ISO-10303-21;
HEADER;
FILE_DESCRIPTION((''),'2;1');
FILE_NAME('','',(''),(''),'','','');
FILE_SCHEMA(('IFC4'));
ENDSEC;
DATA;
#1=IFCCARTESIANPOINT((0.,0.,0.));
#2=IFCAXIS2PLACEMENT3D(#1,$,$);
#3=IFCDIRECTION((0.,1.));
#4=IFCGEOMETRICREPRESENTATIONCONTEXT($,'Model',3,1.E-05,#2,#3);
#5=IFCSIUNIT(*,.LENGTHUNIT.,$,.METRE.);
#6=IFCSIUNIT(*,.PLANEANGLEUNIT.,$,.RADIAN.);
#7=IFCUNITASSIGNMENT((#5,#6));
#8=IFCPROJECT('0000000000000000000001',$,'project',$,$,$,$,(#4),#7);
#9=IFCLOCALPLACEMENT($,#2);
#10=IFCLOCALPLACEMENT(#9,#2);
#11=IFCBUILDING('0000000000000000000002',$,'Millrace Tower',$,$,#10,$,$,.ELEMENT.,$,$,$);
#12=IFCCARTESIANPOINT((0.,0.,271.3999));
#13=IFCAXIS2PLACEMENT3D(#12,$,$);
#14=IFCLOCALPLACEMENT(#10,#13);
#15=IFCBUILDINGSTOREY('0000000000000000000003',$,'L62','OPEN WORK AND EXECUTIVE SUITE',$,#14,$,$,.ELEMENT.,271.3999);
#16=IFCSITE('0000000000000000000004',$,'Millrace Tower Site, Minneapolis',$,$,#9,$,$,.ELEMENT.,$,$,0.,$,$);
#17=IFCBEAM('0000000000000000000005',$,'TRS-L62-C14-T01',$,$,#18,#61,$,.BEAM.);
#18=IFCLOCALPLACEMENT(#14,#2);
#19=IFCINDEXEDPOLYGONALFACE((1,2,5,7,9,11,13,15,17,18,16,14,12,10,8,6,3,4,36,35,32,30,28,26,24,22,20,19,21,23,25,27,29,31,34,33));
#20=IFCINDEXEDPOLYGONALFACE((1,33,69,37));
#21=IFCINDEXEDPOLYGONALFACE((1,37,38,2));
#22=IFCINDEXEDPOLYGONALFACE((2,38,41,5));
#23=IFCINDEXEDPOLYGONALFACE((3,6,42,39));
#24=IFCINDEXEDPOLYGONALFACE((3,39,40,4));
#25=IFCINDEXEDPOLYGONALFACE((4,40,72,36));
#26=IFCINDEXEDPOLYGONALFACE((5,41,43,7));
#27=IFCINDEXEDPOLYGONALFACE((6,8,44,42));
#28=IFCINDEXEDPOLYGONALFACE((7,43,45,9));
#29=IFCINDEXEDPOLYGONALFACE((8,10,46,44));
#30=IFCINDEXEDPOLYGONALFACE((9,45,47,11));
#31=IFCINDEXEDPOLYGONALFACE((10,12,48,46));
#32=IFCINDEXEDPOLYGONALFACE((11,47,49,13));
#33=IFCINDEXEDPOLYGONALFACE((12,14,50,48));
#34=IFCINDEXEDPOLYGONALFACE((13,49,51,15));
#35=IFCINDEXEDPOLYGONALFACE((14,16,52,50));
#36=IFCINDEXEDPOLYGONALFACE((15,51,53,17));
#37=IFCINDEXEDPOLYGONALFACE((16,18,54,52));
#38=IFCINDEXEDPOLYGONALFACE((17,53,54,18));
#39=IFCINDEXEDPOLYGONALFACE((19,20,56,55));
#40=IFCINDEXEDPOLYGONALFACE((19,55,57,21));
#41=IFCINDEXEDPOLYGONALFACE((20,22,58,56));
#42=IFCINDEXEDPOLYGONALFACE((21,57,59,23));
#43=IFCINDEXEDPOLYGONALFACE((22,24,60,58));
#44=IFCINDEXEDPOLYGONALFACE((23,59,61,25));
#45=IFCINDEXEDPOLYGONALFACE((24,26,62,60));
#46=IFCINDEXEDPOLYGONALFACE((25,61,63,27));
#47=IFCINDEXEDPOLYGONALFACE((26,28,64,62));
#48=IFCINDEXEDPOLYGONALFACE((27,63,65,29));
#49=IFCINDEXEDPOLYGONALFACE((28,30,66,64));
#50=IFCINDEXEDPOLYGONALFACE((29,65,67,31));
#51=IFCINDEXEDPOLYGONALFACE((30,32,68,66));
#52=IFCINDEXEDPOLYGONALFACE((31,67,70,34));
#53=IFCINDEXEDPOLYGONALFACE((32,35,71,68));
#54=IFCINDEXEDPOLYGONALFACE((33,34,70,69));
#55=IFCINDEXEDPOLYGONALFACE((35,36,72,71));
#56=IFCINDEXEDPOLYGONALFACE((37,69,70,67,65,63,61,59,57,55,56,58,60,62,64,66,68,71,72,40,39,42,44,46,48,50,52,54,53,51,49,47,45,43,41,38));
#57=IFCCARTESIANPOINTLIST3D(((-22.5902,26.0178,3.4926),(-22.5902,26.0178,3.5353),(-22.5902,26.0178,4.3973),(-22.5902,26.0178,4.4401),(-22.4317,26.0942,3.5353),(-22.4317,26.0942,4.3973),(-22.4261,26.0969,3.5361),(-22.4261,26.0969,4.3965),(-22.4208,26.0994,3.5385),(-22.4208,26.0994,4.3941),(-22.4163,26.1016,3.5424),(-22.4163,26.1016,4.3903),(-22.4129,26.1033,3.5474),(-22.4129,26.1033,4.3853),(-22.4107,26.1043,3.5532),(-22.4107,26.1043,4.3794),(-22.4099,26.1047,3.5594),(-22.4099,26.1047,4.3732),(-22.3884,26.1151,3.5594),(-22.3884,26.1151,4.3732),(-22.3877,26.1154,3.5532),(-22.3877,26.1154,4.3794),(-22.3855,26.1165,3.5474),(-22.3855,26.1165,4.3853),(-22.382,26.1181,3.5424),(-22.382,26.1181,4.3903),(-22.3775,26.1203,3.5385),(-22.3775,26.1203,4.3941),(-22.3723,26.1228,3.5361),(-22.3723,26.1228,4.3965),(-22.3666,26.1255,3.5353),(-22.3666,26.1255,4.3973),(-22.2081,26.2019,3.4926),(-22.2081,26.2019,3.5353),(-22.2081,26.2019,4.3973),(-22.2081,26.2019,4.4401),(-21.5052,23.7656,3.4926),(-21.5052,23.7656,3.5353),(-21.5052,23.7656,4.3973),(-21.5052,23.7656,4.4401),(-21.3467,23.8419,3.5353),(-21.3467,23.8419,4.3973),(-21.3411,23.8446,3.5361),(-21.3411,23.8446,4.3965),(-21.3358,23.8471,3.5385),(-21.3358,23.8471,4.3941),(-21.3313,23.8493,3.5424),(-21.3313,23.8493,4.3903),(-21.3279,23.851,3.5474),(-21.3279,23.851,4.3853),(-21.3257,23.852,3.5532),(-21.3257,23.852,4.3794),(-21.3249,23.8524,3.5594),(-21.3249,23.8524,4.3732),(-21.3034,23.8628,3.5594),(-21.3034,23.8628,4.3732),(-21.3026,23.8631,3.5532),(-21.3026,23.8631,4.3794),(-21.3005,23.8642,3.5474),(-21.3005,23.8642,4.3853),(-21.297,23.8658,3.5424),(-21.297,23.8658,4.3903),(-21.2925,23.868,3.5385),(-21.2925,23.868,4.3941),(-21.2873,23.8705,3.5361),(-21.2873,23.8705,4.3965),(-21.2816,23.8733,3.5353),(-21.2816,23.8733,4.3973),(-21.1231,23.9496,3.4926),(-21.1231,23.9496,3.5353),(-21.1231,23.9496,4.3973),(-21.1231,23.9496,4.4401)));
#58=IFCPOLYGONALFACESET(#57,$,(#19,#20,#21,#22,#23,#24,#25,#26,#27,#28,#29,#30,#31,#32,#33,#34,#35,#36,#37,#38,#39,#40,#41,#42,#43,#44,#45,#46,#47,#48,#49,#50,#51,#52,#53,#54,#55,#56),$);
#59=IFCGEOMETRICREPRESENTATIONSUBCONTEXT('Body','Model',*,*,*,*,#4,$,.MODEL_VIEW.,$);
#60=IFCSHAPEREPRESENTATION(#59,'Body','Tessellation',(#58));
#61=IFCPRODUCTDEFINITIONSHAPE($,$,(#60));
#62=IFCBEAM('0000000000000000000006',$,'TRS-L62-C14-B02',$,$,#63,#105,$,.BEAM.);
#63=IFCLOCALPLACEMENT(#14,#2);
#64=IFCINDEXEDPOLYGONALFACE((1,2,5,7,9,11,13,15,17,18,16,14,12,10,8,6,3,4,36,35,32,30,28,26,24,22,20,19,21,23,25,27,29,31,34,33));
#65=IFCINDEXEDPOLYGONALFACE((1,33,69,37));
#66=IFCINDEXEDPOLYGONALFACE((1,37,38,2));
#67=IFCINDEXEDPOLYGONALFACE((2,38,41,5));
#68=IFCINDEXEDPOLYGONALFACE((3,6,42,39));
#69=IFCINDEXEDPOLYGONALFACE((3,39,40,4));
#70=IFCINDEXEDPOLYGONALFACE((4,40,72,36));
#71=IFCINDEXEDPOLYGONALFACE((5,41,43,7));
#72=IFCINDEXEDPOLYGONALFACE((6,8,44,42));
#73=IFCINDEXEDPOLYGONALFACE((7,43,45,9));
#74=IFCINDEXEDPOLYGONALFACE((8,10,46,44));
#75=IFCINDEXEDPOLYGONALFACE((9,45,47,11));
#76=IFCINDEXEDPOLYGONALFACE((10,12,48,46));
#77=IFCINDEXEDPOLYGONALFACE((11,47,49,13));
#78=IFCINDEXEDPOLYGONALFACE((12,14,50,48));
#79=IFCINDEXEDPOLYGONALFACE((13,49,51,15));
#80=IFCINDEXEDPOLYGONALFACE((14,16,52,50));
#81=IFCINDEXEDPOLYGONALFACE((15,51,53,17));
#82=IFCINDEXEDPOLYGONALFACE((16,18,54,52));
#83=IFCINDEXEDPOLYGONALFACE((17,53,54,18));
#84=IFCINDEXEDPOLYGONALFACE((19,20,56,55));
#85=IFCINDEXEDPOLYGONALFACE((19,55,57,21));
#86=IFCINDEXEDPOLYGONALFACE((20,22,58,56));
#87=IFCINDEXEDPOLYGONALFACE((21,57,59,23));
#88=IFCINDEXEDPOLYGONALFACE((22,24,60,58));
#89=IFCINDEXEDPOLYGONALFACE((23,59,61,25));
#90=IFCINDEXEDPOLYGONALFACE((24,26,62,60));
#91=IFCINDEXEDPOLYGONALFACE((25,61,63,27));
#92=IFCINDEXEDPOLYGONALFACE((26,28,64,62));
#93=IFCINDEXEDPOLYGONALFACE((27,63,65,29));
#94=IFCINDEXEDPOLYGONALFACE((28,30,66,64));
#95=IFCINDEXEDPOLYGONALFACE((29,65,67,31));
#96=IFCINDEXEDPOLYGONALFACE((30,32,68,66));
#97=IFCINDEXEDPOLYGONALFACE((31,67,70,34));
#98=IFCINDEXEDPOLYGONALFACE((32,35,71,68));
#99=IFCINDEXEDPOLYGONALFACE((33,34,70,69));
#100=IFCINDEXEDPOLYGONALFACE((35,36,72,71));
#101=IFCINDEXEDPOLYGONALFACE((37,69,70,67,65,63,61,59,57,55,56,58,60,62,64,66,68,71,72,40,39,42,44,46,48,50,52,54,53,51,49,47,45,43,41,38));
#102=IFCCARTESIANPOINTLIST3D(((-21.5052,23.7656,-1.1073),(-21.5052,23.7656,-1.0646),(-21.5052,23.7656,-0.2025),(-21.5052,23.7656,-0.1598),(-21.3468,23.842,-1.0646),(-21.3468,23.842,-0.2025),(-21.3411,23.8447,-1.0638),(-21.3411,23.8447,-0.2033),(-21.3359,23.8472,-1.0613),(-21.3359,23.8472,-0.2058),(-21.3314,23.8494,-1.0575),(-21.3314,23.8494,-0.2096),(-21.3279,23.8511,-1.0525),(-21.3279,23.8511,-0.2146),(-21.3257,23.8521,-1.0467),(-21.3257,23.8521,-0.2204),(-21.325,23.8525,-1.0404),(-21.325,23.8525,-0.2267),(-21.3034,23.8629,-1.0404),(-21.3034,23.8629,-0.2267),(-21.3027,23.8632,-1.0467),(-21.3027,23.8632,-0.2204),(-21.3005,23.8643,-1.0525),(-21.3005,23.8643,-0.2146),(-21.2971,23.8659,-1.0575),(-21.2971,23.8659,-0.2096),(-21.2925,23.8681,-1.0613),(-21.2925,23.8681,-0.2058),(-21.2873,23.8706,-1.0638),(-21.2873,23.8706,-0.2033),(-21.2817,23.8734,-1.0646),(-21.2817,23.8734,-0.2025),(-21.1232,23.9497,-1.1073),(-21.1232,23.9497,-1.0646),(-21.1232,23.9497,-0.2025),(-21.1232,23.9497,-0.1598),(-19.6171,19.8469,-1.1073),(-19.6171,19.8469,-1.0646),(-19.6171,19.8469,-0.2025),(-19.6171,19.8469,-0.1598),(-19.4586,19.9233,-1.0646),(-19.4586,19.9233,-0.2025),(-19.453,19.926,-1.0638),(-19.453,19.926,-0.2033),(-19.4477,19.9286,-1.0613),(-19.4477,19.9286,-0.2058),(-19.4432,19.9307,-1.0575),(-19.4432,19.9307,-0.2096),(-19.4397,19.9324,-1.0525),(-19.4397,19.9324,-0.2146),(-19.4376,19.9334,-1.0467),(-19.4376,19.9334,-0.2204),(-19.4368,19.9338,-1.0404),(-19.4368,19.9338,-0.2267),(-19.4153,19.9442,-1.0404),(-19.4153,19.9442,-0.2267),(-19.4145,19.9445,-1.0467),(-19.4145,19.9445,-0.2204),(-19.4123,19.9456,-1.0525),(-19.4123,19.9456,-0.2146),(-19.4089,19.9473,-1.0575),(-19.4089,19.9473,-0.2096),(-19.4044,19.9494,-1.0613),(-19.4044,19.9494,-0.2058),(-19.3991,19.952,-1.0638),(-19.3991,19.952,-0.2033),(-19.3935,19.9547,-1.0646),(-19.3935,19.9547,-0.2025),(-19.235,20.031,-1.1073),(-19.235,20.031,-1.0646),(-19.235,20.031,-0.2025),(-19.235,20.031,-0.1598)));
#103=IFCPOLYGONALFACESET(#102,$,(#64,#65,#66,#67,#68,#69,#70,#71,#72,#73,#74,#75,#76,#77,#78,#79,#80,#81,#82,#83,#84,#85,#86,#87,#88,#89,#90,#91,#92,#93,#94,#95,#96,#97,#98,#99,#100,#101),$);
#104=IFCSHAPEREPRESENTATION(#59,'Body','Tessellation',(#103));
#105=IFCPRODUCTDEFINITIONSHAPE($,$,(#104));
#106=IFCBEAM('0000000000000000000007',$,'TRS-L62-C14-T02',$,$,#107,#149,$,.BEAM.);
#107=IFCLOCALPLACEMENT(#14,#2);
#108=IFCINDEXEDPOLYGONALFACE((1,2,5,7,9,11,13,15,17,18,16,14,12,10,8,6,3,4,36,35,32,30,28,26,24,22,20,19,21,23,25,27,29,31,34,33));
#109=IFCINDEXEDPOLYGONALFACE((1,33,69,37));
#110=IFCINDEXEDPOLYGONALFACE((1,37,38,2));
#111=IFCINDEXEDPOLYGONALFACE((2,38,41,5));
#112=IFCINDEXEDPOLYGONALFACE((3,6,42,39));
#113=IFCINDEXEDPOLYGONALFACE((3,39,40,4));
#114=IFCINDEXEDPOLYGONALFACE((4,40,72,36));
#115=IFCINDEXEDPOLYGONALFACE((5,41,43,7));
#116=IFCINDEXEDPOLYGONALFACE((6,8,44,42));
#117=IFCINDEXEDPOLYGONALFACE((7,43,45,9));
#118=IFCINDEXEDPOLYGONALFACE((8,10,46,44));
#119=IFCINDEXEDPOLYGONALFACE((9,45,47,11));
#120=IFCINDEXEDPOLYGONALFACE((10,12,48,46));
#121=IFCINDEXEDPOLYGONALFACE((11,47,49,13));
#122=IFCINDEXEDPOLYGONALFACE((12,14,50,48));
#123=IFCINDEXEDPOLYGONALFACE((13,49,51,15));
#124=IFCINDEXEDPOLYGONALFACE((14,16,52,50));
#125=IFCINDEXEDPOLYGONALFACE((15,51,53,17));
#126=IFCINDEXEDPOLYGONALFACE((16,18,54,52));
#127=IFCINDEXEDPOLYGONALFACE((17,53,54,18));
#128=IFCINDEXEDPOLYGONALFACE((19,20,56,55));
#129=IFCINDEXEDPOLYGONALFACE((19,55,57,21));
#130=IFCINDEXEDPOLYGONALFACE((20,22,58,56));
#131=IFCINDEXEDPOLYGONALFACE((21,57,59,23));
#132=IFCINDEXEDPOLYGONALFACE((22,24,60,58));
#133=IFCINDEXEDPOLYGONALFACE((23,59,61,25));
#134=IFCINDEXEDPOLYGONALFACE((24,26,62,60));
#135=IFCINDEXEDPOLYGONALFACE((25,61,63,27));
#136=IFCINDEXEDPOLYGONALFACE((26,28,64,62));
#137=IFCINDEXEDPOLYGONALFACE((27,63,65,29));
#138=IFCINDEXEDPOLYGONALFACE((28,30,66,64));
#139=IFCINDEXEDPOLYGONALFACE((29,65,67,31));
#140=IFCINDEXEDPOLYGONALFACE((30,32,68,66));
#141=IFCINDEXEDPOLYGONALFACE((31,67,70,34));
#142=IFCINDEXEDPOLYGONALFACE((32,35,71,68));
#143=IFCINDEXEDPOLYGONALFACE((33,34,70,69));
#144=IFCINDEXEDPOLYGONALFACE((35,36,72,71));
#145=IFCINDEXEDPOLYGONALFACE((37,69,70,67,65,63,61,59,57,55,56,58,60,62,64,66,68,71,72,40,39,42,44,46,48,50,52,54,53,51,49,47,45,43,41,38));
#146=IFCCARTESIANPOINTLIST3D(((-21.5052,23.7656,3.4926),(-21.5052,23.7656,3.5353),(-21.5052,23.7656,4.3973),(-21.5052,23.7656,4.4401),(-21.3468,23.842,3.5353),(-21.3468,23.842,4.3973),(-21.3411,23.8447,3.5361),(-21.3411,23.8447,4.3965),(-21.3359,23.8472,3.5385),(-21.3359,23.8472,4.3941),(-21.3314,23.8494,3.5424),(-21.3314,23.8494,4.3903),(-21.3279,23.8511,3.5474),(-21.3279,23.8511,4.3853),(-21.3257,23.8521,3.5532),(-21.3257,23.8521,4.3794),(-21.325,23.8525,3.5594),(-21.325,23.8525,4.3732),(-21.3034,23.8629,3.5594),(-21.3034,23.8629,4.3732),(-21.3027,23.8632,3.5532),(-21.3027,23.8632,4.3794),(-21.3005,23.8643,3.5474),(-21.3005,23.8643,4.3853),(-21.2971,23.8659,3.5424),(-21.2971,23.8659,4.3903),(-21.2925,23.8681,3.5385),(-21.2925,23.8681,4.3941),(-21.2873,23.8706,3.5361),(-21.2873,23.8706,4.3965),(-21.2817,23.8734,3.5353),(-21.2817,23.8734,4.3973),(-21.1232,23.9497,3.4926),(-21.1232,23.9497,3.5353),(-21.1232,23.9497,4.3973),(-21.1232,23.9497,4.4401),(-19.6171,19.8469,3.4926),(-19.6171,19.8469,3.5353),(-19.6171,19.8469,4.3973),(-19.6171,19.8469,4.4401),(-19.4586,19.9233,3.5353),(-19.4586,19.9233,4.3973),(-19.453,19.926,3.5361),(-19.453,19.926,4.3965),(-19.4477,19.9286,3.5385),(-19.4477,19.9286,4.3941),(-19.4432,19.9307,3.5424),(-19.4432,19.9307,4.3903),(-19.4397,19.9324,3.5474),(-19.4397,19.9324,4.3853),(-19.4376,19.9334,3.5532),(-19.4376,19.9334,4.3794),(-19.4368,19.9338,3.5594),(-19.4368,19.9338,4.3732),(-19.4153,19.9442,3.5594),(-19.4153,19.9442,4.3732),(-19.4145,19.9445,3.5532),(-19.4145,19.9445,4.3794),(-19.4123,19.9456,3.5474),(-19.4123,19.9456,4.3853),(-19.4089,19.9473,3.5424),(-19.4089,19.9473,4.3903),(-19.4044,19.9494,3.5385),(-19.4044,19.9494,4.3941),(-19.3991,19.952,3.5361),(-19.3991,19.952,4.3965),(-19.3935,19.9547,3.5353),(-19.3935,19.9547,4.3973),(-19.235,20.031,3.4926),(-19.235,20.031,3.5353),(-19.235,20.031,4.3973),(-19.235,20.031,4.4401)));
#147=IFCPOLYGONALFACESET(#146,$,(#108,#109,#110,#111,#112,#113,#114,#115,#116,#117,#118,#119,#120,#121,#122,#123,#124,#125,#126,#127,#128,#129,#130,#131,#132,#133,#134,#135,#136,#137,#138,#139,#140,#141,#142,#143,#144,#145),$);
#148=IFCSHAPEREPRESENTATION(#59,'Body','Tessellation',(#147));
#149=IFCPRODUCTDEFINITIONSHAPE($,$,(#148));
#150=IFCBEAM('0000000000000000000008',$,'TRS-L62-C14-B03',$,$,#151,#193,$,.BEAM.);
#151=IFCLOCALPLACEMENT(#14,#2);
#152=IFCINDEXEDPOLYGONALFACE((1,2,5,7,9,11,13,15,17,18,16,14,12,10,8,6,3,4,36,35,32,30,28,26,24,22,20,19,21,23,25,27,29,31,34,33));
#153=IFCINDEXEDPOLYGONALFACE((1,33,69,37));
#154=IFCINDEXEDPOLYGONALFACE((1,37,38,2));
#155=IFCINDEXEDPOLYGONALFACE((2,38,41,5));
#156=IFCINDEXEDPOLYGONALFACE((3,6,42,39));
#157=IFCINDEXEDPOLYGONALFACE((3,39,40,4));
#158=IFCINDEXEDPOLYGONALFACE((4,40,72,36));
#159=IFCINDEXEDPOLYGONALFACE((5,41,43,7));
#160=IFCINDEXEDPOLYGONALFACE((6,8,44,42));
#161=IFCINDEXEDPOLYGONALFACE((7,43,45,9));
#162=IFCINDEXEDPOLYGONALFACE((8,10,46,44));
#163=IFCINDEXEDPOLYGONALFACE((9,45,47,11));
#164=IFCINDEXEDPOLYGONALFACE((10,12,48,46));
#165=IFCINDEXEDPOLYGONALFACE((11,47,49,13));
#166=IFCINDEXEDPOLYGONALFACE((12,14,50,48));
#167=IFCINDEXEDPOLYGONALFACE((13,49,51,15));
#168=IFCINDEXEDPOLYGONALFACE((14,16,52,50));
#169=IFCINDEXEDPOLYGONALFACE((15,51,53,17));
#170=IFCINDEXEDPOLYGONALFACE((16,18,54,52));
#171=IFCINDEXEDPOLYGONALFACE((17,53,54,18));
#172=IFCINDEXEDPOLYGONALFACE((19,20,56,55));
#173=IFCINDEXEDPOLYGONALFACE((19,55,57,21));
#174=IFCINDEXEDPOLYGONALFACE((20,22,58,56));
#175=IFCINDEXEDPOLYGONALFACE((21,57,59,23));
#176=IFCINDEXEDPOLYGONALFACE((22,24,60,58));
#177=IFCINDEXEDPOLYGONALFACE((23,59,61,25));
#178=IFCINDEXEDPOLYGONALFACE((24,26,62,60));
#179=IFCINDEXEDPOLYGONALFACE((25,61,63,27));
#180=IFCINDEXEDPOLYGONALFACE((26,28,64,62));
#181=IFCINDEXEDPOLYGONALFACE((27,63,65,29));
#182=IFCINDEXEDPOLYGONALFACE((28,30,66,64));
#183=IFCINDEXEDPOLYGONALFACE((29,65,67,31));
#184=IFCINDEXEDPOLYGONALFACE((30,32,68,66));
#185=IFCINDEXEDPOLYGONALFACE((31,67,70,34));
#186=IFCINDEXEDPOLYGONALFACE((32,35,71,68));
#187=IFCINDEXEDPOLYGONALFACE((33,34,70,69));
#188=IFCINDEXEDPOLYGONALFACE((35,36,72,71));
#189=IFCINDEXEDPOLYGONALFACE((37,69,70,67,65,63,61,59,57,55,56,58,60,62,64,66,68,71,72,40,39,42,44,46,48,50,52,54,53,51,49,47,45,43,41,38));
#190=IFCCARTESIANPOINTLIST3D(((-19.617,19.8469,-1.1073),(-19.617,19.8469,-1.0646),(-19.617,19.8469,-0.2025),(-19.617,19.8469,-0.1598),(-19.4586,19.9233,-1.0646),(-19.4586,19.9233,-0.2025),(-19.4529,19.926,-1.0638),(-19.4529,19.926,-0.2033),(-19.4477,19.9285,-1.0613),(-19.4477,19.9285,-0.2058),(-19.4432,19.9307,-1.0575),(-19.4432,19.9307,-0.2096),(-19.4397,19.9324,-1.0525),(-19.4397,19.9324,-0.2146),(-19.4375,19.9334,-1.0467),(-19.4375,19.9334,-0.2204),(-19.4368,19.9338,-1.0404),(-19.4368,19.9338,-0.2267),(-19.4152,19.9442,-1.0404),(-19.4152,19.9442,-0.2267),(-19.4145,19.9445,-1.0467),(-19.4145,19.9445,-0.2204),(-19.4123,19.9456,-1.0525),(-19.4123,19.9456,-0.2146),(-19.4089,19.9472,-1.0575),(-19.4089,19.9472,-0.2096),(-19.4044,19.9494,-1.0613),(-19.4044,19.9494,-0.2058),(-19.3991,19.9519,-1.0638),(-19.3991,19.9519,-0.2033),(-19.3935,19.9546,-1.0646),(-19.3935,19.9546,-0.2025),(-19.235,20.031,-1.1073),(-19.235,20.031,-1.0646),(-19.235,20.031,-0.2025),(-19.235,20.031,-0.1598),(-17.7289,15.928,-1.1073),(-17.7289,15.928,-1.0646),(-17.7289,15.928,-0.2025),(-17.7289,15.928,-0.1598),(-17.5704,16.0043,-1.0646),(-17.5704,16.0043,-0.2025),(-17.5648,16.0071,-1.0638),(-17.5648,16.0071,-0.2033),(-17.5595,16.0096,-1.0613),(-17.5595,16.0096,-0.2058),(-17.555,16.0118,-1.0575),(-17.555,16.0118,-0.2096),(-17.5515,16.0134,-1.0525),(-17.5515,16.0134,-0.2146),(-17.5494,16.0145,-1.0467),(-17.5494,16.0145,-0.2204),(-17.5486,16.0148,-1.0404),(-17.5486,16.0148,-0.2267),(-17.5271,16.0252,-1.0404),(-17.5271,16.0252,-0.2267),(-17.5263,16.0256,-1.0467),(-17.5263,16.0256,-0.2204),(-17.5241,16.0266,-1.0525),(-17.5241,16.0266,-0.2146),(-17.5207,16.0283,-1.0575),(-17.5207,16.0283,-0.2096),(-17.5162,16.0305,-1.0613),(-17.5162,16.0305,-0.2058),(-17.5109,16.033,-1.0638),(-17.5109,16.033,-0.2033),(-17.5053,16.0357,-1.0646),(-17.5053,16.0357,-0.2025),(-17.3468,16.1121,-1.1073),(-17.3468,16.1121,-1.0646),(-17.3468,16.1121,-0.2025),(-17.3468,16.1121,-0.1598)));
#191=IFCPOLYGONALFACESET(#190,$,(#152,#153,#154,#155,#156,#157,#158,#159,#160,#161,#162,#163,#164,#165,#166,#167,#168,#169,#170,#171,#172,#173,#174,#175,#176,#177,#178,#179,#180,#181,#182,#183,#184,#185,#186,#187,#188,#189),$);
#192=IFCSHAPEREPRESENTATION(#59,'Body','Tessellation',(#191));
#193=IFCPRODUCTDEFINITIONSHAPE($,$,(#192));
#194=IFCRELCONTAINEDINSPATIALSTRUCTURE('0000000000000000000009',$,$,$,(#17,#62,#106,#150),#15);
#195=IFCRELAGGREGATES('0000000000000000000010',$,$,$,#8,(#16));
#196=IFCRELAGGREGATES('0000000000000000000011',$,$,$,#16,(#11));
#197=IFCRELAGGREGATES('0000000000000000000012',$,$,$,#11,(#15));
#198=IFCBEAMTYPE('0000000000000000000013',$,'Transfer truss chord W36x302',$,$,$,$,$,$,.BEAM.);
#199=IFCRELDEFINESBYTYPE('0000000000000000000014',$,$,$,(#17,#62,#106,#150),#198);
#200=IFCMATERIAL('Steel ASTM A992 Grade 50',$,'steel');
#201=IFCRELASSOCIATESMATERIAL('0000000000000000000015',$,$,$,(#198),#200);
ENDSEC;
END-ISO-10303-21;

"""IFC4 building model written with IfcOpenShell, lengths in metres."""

from ifc_helpers import new_model, si_unit, direction, frame, origin, origin_2d, place, context, subcontext, project, spatial, i_section, extrude, material, material_profile, profile_set, type_object, element, save


model = new_model("IFC4")

# Units and contexts
model_context = context("Model", 3, precision=1e-05, world=origin(), true_north=direction((0.0, 1.0)))
body_context = subcontext(model_context, "Body", "Model", "MODEL_VIEW")
ifc_project = project(units=[si_unit("LENGTHUNIT", "METRE"), si_unit("PLANEANGLEUNIT", "RADIAN")], contexts=[model_context])

# Site, building, storey
site_placement = place(None, origin())
site = spatial("IfcSite", under=ifc_project, at=site_placement, Name="Millrace Tower Site, Minneapolis", CompositionType="ELEMENT", RefElevation=0.0)
building_placement = place(site_placement, origin())
building = spatial("IfcBuilding", under=site, at=building_placement, Name="Millrace Tower", CompositionType="ELEMENT")
storey_placement = place(building_placement, frame((0.0, 0.0, 271.3999)))
storey = spatial("IfcBuildingStorey", under=building, at=storey_placement, Name="L62", Description="OPEN WORK AND EXECUTIVE SUITE", CompositionType="ELEMENT", Elevation=271.3999)

# Beams
ifc_material_1 = material(Name="Steel ASTM A992 Grade 50", Category="steel")
ifc_material_profile_1 = material_profile(ifc_material_1, i_section(OverallWidth=0.4241, OverallDepth=0.9475, WebThickness=0.0239, FlangeThickness=0.0427, FilletRadius=0.0242, at=origin_2d()))
ifc_profile_set_1 = profile_set([ifc_material_profile_1], Name="Steel ASTM A992 Grade 50")
beam_type_1 = type_object("IfcBeamType", Name="Transfer truss chord W36x302", PredefinedType="BEAM", material=ifc_profile_set_1)
for number, where, z_axis, x_axis, name in (
    (1, (-22.3992, 26.1099, 3.9663), (0.434001, -0.900913, 0.0), (0.900913, 0.434001, 0.0), "TRS-L62-C14-T01"),
):
    element("IfcBeam", number, at=place(storey_placement, frame(where, z_axis=z_axis, x_axis=x_axis)), inside=storey, type_object=beam_type_1, Name=name, PredefinedType="BEAM", context=body_context, shape_type="SweptSolid", body=[
        extrude(i_section(OverallWidth=0.4241, OverallDepth=0.9475, WebThickness=0.0239, FlangeThickness=0.0427, FilletRadius=0.0242, at=origin_2d()), origin(), (0.0, 0.0, 1.0), 2.5),
    ])
for number, where, z_axis, x_axis, name in (
    (2, (-21.3142, 23.8577, -0.6335), (0.434077, -0.900876, 0.0), (0.900876, 0.434077, 0.0), "TRS-L62-C14-B02"),
    (3, (-21.3142, 23.8577, 3.9663), (0.434077, -0.900876, 0.0), (0.900876, 0.434077, 0.0), "TRS-L62-C14-T02"),
):
    element("IfcBeam", number, at=place(storey_placement, frame(where, z_axis=z_axis, x_axis=x_axis)), inside=storey, type_object=beam_type_1, Name=name, PredefinedType="BEAM", context=body_context, shape_type="SweptSolid", body=[
        extrude(i_section(OverallWidth=0.4241, OverallDepth=0.9475, WebThickness=0.0239, FlangeThickness=0.0427, FilletRadius=0.0242, at=origin_2d()), origin(), (0.0, 0.0, 1.0), 4.3499),
    ])
for number, where, z_axis, x_axis, name in (
    (4, (-19.426, 19.939, -0.6335), (0.434055, -0.900886, 0.0), (0.900886, 0.434055, 0.0), "TRS-L62-C14-B03"),
):
    element("IfcBeam", number, at=place(storey_placement, frame(where, z_axis=z_axis, x_axis=x_axis)), inside=storey, type_object=beam_type_1, Name=name, PredefinedType="BEAM", context=body_context, shape_type="SweptSolid", body=[
        extrude(i_section(OverallWidth=0.4241, OverallDepth=0.9475, WebThickness=0.0239, FlangeThickness=0.0427, FilletRadius=0.0242, at=origin_2d()), origin(), (0.0, 0.0, 1.0), 4.3501),
    ])

save(model, "model.ifc")
